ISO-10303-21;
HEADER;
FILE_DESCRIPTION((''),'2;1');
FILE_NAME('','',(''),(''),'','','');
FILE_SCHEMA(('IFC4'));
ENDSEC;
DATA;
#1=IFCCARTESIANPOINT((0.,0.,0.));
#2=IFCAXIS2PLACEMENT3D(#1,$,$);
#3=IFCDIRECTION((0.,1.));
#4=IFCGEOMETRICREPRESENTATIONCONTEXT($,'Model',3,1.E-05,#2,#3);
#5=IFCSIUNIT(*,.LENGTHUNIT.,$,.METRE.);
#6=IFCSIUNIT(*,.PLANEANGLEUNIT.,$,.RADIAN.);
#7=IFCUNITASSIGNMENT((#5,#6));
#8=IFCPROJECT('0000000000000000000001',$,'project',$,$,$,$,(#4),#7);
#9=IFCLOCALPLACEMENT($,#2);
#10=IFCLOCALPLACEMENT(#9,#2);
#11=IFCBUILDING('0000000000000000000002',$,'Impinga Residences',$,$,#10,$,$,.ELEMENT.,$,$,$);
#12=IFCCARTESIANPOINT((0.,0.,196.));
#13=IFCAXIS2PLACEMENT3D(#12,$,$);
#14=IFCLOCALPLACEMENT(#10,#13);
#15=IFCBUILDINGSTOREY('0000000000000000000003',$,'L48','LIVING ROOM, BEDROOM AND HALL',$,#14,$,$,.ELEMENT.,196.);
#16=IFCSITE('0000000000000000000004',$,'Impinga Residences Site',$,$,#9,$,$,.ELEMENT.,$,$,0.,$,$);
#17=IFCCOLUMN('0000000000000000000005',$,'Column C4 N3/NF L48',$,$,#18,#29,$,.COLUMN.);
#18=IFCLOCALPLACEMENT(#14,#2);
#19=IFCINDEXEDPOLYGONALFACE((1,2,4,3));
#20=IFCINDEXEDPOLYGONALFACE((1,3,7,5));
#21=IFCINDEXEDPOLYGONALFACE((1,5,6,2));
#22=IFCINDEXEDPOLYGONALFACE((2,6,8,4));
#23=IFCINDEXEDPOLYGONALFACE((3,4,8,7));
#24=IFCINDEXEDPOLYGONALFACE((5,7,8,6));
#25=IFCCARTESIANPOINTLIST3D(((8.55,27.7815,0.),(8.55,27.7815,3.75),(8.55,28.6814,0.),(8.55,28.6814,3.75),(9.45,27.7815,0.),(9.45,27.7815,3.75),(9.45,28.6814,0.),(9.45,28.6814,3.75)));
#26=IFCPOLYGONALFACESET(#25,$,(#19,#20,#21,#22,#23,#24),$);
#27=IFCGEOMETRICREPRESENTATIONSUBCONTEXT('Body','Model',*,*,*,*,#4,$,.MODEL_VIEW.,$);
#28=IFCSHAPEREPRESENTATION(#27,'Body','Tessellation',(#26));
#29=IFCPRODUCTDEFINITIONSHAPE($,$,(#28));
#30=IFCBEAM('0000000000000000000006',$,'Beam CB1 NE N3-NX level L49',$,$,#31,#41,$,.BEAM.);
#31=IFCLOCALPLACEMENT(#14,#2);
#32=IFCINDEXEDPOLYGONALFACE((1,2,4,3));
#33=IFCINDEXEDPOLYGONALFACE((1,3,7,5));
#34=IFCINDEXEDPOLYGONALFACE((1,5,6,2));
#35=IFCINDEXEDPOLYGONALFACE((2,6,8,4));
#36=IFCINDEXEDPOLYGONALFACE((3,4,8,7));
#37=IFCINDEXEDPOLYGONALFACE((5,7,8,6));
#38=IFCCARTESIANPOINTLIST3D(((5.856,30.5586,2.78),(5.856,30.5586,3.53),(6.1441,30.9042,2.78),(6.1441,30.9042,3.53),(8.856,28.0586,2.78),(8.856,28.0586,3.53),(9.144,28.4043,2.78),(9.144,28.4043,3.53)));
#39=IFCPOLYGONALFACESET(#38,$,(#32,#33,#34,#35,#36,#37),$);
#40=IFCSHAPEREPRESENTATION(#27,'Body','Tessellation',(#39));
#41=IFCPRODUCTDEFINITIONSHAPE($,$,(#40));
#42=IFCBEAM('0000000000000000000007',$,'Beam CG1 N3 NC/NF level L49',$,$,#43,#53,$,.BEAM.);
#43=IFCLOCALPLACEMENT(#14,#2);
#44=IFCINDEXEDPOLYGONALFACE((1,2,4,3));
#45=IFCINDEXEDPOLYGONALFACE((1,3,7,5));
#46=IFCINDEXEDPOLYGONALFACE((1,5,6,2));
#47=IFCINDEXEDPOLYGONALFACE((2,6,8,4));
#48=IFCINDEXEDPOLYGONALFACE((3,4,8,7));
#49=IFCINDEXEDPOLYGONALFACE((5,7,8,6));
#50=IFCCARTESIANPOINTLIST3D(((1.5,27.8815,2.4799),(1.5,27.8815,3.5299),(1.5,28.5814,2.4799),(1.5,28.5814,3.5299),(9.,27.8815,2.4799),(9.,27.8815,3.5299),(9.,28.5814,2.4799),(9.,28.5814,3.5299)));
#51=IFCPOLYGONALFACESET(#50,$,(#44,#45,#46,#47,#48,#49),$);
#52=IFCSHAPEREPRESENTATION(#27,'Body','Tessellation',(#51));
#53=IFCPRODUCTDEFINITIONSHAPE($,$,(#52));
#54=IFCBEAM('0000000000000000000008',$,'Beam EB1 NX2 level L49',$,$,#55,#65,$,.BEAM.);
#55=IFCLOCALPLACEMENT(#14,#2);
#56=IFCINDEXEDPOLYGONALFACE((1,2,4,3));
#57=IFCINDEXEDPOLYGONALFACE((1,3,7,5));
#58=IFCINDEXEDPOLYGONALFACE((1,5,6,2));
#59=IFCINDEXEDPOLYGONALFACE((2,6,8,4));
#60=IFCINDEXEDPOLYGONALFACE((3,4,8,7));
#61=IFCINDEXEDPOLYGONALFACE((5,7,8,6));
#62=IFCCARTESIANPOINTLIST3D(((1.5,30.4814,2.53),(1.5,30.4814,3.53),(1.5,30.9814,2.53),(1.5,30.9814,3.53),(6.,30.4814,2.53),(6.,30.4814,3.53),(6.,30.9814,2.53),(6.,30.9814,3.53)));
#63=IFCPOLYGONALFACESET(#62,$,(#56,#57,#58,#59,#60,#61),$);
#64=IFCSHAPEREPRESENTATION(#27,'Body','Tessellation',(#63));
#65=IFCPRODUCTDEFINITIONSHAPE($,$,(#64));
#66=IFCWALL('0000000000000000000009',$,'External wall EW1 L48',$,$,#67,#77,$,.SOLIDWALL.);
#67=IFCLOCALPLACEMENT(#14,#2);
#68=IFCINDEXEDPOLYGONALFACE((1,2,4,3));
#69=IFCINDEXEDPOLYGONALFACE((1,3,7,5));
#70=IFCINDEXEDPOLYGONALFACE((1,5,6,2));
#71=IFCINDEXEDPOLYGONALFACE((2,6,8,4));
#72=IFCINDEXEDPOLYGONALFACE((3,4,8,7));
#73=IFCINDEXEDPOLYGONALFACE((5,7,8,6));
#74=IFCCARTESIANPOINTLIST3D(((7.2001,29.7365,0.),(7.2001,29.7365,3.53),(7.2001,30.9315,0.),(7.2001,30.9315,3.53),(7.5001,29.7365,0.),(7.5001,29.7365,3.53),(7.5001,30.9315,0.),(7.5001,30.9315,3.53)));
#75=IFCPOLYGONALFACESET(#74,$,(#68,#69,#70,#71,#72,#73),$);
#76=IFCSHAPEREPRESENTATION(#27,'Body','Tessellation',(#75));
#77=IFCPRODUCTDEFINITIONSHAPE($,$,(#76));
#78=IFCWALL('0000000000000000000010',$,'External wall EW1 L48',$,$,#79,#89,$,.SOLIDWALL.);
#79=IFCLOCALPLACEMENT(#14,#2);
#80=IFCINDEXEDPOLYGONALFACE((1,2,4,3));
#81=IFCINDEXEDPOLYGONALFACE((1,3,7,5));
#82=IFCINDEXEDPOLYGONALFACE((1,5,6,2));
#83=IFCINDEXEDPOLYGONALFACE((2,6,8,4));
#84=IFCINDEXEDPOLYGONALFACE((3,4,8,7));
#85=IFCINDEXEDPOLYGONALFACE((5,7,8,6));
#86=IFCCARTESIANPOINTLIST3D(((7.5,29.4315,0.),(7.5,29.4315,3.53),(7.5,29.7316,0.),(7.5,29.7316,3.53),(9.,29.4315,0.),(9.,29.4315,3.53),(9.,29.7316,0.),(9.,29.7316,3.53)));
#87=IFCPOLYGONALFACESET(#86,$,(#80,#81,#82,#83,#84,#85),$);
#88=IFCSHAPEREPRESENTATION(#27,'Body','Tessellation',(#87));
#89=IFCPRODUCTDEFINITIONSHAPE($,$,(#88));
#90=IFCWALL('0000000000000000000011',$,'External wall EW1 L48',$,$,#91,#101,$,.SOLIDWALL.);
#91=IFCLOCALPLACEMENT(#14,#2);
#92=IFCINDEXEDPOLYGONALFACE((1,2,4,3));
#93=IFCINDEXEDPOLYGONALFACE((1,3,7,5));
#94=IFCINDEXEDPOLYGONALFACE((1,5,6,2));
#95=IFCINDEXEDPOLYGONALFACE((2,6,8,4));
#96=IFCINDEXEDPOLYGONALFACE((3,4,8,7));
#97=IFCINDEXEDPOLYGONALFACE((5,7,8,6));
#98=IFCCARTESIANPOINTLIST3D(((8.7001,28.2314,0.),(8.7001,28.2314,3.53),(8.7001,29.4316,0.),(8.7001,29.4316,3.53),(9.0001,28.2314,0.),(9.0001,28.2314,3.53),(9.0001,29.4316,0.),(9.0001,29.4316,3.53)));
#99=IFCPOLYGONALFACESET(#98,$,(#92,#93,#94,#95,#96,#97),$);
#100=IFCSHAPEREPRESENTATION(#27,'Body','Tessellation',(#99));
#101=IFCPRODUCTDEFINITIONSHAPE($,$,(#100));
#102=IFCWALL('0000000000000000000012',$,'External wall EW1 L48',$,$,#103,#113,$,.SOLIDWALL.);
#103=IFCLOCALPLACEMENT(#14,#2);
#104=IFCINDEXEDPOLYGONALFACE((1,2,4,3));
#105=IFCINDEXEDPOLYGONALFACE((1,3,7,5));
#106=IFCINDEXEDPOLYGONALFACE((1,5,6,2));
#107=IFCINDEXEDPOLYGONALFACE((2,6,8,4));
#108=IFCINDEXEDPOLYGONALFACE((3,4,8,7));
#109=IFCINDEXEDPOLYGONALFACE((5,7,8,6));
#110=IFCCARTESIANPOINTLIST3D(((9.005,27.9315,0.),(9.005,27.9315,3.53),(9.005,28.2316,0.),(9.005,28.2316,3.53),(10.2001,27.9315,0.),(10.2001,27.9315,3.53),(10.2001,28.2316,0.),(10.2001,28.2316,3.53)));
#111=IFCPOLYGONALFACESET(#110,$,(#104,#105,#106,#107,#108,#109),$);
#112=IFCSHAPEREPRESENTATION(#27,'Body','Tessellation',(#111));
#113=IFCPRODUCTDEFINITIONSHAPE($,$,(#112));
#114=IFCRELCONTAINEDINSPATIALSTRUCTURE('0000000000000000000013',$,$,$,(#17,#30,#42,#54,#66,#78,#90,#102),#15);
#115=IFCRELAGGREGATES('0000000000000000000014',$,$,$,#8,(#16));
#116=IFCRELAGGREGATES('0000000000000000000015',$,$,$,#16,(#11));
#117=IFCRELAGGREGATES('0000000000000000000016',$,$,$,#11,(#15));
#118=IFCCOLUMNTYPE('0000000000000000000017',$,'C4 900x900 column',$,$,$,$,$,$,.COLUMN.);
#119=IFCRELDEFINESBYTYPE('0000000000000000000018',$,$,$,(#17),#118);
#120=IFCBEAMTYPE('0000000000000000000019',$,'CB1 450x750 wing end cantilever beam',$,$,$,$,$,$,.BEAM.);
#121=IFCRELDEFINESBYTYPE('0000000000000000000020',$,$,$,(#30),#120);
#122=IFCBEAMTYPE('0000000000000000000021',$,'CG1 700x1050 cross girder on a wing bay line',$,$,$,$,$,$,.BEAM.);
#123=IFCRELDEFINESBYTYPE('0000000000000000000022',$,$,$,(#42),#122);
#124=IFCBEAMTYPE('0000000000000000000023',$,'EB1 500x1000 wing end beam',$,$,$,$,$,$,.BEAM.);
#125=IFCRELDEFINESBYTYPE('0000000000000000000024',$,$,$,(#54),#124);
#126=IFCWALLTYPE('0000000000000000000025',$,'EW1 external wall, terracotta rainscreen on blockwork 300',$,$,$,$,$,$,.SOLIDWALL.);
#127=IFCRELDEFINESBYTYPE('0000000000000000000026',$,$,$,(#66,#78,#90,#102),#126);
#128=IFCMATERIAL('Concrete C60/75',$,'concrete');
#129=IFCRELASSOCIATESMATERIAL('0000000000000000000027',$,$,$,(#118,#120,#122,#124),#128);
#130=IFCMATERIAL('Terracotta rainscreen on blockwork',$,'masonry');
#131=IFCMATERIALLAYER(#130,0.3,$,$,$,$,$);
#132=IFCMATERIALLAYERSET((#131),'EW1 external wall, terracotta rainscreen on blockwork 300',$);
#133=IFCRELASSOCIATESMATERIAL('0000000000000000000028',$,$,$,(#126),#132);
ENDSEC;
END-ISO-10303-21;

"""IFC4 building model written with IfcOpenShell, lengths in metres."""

from ifc_helpers import new_model, si_unit, direction, frame, frame_2d, origin, origin_2d, place, context, subcontext, project, spatial, rectangle, extrude, material, layer, layer_set, material_profile, profile_set, type_object, element, save


model = new_model("IFC4")

# Units and contexts
model_context = context("Model", 3, precision=1e-05, world=origin(), true_north=direction((0.0, 1.0)))
body_context = subcontext(model_context, "Body", "Model", "MODEL_VIEW")
ifc_project = project(units=[si_unit("LENGTHUNIT", "METRE"), si_unit("PLANEANGLEUNIT", "RADIAN")], contexts=[model_context])

# Site, building, storey
site_placement = place(None, origin())
site = spatial("IfcSite", under=ifc_project, at=site_placement, Name="Impinga Residences Site", CompositionType="ELEMENT", RefElevation=0.0)
building_placement = place(site_placement, origin())
building = spatial("IfcBuilding", under=site, at=building_placement, Name="Impinga Residences", CompositionType="ELEMENT")
storey_placement = place(building_placement, frame((0.0, 0.0, 196.0)))
storey = spatial("IfcBuildingStorey", under=building, at=storey_placement, Name="L48", Description="LIVING ROOM, BEDROOM AND HALL", CompositionType="ELEMENT", Elevation=196.0)

# Column
ifc_material_1 = material(Name="Concrete C60/75", Category="concrete")
ifc_material_profile_1 = material_profile(ifc_material_1, rectangle(XDim=0.8999, YDim=0.8999, at=origin_2d()), Name="RC 900x900")
ifc_profile_set_1 = profile_set([ifc_material_profile_1], Name="Concrete C60/75")
column_type = type_object("IfcColumnType", Name="C4 900x900 column", PredefinedType="COLUMN", material=ifc_profile_set_1)
column_placement = place(storey_placement, frame((9.0, 28.2314, 0.0), z_axis=(0.0, 0.0, 1.0), x_axis=(1.0, 0.0, 0.0)))
element("IfcColumn", 1, at=column_placement, inside=storey, type_object=column_type, Name="Column C4 N3/NF L48", PredefinedType="COLUMN", context=body_context, shape_type="SweptSolid", body=[
    extrude(rectangle(XDim=0.8999, YDim=0.8999, at=origin_2d()), origin(), (0.0, 0.0, 1.0), 3.75),
])

# Beams
ifc_material_profile_2 = material_profile(ifc_material_1, rectangle(XDim=0.45, YDim=0.75, at=origin_2d()), Name="RC 450x750")
ifc_profile_set_2 = profile_set([ifc_material_profile_2], Name="Concrete C60/75")
beam_type_1 = type_object("IfcBeamType", Name="CB1 450x750 wing end cantilever beam", PredefinedType="BEAM", material=ifc_profile_set_2)
beam_1_placement = place(storey_placement, frame((9.0, 28.2314, 3.155), z_axis=(-0.768221, 0.640184, 0.0), x_axis=(-0.640184, -0.768221, 0.0)))
element("IfcBeam", 2, at=beam_1_placement, inside=storey, type_object=beam_type_1, Name="Beam CB1 NE N3-NX level L49", PredefinedType="BEAM", context=body_context, shape_type="SweptSolid", body=[
    extrude(rectangle(XDim=0.45, YDim=0.75, at=origin_2d()), origin(), (0.0, 0.0, 1.0), 3.905),
])
ifc_material_profile_3 = material_profile(ifc_material_1, rectangle(XDim=0.7, YDim=1.05, at=origin_2d()), Name="RC 700x1050")
ifc_profile_set_3 = profile_set([ifc_material_profile_3], Name="Concrete C60/75")
beam_type_2 = type_object("IfcBeamType", Name="CG1 700x1050 cross girder on a wing bay line", PredefinedType="BEAM", material=ifc_profile_set_3)
beam_2_placement = place(storey_placement, frame((1.5, 28.2314, 3.0049), z_axis=(1.0, 0.0, 0.0), x_axis=(0.0, 1.0, 0.0)))
element("IfcBeam", 3, at=beam_2_placement, inside=storey, type_object=beam_type_2, Name="Beam CG1 N3 NC/NF level L49", PredefinedType="BEAM", context=body_context, shape_type="SweptSolid", body=[
    extrude(rectangle(XDim=0.7, YDim=1.05, at=origin_2d()), origin(), (0.0, 0.0, 1.0), 7.5),
])
ifc_material_profile_4 = material_profile(ifc_material_1, rectangle(XDim=0.5, YDim=1.0, at=origin_2d()), Name="RC 500x1000")
ifc_profile_set_4 = profile_set([ifc_material_profile_4], Name="Concrete C60/75")
beam_type_3 = type_object("IfcBeamType", Name="EB1 500x1000 wing end beam", PredefinedType="BEAM", material=ifc_profile_set_4)
beam_3_placement = place(storey_placement, frame((1.5, 30.7314, 3.03), z_axis=(1.0, 0.0, 0.0), x_axis=(0.0, 1.0, 0.0)))
element("IfcBeam", 4, at=beam_3_placement, inside=storey, type_object=beam_type_3, Name="Beam EB1 NX2 level L49", PredefinedType="BEAM", context=body_context, shape_type="SweptSolid", body=[
    extrude(rectangle(XDim=0.5, YDim=1.0, at=origin_2d()), origin(), (0.0, 0.0, 1.0), 4.5),
])

# Walls
ifc_material_2 = material(Name="Terracotta rainscreen on blockwork", Category="masonry")
ifc_layer_1 = layer(ifc_material_2, 0.3)
ifc_layer_set_1 = layer_set([ifc_layer_1], Name="EW1 external wall, terracotta rainscreen on blockwork 300")
wall_type_1 = type_object("IfcWallType", Name="EW1 external wall, terracotta rainscreen on blockwork 300", PredefinedType="SOLIDWALL", material=ifc_layer_set_1)
wall_1_placement = place(storey_placement, frame((7.3501, 30.9316, 0.0), z_axis=(0.0, 0.0, 1.0), x_axis=(0.0, -1.0, 0.0)))
element("IfcWall", 5, at=wall_1_placement, inside=storey, type_object=wall_type_1, Name="External wall EW1 L48", PredefinedType="SOLIDWALL", context=body_context, shape_type="SweptSolid", body=[
    extrude(rectangle(XDim=1.1951, YDim=0.3, at=frame_2d((0.5977, 0.0))), origin(), (0.0, 0.0, 1.0), 3.53),
])
wall_2_placement = place(storey_placement, frame((7.5, 29.5815, 0.0), z_axis=(0.0, 0.0, 1.0), x_axis=(1.0, 0.0, 0.0)))
element("IfcWall", 6, at=wall_2_placement, inside=storey, type_object=wall_type_1, Name="External wall EW1 L48", PredefinedType="SOLIDWALL", context=body_context, shape_type="SweptSolid", body=[
    extrude(rectangle(XDim=1.5, YDim=0.3, at=frame_2d((0.75, 0.0))), origin(), (0.0, 0.0, 1.0), 3.53),
])
wall_3_placement = place(storey_placement, frame((8.8501, 29.4316, 0.0), z_axis=(0.0, 0.0, 1.0), x_axis=(0.0, -1.0, 0.0)))
element("IfcWall", 7, at=wall_3_placement, inside=storey, type_object=wall_type_1, Name="External wall EW1 L48", PredefinedType="SOLIDWALL", context=body_context, shape_type="SweptSolid", body=[
    extrude(rectangle(XDim=1.2002, YDim=0.3, at=frame_2d((0.6001, 0.0))), origin(), (0.0, 0.0, 1.0), 3.53),
])
wall_4_placement = place(storey_placement, frame((9.0049, 28.0815, 0.0), z_axis=(0.0, 0.0, 1.0), x_axis=(1.0, 0.0, 0.0)))
element("IfcWall", 8, at=wall_4_placement, inside=storey, type_object=wall_type_1, Name="External wall EW1 L48", PredefinedType="SOLIDWALL", context=body_context, shape_type="SweptSolid", body=[
    extrude(rectangle(XDim=1.1951, YDim=0.3, at=frame_2d((0.5977, 0.0))), origin(), (0.0, 0.0, 1.0), 3.53),
])

save(model, "model.ifc")
